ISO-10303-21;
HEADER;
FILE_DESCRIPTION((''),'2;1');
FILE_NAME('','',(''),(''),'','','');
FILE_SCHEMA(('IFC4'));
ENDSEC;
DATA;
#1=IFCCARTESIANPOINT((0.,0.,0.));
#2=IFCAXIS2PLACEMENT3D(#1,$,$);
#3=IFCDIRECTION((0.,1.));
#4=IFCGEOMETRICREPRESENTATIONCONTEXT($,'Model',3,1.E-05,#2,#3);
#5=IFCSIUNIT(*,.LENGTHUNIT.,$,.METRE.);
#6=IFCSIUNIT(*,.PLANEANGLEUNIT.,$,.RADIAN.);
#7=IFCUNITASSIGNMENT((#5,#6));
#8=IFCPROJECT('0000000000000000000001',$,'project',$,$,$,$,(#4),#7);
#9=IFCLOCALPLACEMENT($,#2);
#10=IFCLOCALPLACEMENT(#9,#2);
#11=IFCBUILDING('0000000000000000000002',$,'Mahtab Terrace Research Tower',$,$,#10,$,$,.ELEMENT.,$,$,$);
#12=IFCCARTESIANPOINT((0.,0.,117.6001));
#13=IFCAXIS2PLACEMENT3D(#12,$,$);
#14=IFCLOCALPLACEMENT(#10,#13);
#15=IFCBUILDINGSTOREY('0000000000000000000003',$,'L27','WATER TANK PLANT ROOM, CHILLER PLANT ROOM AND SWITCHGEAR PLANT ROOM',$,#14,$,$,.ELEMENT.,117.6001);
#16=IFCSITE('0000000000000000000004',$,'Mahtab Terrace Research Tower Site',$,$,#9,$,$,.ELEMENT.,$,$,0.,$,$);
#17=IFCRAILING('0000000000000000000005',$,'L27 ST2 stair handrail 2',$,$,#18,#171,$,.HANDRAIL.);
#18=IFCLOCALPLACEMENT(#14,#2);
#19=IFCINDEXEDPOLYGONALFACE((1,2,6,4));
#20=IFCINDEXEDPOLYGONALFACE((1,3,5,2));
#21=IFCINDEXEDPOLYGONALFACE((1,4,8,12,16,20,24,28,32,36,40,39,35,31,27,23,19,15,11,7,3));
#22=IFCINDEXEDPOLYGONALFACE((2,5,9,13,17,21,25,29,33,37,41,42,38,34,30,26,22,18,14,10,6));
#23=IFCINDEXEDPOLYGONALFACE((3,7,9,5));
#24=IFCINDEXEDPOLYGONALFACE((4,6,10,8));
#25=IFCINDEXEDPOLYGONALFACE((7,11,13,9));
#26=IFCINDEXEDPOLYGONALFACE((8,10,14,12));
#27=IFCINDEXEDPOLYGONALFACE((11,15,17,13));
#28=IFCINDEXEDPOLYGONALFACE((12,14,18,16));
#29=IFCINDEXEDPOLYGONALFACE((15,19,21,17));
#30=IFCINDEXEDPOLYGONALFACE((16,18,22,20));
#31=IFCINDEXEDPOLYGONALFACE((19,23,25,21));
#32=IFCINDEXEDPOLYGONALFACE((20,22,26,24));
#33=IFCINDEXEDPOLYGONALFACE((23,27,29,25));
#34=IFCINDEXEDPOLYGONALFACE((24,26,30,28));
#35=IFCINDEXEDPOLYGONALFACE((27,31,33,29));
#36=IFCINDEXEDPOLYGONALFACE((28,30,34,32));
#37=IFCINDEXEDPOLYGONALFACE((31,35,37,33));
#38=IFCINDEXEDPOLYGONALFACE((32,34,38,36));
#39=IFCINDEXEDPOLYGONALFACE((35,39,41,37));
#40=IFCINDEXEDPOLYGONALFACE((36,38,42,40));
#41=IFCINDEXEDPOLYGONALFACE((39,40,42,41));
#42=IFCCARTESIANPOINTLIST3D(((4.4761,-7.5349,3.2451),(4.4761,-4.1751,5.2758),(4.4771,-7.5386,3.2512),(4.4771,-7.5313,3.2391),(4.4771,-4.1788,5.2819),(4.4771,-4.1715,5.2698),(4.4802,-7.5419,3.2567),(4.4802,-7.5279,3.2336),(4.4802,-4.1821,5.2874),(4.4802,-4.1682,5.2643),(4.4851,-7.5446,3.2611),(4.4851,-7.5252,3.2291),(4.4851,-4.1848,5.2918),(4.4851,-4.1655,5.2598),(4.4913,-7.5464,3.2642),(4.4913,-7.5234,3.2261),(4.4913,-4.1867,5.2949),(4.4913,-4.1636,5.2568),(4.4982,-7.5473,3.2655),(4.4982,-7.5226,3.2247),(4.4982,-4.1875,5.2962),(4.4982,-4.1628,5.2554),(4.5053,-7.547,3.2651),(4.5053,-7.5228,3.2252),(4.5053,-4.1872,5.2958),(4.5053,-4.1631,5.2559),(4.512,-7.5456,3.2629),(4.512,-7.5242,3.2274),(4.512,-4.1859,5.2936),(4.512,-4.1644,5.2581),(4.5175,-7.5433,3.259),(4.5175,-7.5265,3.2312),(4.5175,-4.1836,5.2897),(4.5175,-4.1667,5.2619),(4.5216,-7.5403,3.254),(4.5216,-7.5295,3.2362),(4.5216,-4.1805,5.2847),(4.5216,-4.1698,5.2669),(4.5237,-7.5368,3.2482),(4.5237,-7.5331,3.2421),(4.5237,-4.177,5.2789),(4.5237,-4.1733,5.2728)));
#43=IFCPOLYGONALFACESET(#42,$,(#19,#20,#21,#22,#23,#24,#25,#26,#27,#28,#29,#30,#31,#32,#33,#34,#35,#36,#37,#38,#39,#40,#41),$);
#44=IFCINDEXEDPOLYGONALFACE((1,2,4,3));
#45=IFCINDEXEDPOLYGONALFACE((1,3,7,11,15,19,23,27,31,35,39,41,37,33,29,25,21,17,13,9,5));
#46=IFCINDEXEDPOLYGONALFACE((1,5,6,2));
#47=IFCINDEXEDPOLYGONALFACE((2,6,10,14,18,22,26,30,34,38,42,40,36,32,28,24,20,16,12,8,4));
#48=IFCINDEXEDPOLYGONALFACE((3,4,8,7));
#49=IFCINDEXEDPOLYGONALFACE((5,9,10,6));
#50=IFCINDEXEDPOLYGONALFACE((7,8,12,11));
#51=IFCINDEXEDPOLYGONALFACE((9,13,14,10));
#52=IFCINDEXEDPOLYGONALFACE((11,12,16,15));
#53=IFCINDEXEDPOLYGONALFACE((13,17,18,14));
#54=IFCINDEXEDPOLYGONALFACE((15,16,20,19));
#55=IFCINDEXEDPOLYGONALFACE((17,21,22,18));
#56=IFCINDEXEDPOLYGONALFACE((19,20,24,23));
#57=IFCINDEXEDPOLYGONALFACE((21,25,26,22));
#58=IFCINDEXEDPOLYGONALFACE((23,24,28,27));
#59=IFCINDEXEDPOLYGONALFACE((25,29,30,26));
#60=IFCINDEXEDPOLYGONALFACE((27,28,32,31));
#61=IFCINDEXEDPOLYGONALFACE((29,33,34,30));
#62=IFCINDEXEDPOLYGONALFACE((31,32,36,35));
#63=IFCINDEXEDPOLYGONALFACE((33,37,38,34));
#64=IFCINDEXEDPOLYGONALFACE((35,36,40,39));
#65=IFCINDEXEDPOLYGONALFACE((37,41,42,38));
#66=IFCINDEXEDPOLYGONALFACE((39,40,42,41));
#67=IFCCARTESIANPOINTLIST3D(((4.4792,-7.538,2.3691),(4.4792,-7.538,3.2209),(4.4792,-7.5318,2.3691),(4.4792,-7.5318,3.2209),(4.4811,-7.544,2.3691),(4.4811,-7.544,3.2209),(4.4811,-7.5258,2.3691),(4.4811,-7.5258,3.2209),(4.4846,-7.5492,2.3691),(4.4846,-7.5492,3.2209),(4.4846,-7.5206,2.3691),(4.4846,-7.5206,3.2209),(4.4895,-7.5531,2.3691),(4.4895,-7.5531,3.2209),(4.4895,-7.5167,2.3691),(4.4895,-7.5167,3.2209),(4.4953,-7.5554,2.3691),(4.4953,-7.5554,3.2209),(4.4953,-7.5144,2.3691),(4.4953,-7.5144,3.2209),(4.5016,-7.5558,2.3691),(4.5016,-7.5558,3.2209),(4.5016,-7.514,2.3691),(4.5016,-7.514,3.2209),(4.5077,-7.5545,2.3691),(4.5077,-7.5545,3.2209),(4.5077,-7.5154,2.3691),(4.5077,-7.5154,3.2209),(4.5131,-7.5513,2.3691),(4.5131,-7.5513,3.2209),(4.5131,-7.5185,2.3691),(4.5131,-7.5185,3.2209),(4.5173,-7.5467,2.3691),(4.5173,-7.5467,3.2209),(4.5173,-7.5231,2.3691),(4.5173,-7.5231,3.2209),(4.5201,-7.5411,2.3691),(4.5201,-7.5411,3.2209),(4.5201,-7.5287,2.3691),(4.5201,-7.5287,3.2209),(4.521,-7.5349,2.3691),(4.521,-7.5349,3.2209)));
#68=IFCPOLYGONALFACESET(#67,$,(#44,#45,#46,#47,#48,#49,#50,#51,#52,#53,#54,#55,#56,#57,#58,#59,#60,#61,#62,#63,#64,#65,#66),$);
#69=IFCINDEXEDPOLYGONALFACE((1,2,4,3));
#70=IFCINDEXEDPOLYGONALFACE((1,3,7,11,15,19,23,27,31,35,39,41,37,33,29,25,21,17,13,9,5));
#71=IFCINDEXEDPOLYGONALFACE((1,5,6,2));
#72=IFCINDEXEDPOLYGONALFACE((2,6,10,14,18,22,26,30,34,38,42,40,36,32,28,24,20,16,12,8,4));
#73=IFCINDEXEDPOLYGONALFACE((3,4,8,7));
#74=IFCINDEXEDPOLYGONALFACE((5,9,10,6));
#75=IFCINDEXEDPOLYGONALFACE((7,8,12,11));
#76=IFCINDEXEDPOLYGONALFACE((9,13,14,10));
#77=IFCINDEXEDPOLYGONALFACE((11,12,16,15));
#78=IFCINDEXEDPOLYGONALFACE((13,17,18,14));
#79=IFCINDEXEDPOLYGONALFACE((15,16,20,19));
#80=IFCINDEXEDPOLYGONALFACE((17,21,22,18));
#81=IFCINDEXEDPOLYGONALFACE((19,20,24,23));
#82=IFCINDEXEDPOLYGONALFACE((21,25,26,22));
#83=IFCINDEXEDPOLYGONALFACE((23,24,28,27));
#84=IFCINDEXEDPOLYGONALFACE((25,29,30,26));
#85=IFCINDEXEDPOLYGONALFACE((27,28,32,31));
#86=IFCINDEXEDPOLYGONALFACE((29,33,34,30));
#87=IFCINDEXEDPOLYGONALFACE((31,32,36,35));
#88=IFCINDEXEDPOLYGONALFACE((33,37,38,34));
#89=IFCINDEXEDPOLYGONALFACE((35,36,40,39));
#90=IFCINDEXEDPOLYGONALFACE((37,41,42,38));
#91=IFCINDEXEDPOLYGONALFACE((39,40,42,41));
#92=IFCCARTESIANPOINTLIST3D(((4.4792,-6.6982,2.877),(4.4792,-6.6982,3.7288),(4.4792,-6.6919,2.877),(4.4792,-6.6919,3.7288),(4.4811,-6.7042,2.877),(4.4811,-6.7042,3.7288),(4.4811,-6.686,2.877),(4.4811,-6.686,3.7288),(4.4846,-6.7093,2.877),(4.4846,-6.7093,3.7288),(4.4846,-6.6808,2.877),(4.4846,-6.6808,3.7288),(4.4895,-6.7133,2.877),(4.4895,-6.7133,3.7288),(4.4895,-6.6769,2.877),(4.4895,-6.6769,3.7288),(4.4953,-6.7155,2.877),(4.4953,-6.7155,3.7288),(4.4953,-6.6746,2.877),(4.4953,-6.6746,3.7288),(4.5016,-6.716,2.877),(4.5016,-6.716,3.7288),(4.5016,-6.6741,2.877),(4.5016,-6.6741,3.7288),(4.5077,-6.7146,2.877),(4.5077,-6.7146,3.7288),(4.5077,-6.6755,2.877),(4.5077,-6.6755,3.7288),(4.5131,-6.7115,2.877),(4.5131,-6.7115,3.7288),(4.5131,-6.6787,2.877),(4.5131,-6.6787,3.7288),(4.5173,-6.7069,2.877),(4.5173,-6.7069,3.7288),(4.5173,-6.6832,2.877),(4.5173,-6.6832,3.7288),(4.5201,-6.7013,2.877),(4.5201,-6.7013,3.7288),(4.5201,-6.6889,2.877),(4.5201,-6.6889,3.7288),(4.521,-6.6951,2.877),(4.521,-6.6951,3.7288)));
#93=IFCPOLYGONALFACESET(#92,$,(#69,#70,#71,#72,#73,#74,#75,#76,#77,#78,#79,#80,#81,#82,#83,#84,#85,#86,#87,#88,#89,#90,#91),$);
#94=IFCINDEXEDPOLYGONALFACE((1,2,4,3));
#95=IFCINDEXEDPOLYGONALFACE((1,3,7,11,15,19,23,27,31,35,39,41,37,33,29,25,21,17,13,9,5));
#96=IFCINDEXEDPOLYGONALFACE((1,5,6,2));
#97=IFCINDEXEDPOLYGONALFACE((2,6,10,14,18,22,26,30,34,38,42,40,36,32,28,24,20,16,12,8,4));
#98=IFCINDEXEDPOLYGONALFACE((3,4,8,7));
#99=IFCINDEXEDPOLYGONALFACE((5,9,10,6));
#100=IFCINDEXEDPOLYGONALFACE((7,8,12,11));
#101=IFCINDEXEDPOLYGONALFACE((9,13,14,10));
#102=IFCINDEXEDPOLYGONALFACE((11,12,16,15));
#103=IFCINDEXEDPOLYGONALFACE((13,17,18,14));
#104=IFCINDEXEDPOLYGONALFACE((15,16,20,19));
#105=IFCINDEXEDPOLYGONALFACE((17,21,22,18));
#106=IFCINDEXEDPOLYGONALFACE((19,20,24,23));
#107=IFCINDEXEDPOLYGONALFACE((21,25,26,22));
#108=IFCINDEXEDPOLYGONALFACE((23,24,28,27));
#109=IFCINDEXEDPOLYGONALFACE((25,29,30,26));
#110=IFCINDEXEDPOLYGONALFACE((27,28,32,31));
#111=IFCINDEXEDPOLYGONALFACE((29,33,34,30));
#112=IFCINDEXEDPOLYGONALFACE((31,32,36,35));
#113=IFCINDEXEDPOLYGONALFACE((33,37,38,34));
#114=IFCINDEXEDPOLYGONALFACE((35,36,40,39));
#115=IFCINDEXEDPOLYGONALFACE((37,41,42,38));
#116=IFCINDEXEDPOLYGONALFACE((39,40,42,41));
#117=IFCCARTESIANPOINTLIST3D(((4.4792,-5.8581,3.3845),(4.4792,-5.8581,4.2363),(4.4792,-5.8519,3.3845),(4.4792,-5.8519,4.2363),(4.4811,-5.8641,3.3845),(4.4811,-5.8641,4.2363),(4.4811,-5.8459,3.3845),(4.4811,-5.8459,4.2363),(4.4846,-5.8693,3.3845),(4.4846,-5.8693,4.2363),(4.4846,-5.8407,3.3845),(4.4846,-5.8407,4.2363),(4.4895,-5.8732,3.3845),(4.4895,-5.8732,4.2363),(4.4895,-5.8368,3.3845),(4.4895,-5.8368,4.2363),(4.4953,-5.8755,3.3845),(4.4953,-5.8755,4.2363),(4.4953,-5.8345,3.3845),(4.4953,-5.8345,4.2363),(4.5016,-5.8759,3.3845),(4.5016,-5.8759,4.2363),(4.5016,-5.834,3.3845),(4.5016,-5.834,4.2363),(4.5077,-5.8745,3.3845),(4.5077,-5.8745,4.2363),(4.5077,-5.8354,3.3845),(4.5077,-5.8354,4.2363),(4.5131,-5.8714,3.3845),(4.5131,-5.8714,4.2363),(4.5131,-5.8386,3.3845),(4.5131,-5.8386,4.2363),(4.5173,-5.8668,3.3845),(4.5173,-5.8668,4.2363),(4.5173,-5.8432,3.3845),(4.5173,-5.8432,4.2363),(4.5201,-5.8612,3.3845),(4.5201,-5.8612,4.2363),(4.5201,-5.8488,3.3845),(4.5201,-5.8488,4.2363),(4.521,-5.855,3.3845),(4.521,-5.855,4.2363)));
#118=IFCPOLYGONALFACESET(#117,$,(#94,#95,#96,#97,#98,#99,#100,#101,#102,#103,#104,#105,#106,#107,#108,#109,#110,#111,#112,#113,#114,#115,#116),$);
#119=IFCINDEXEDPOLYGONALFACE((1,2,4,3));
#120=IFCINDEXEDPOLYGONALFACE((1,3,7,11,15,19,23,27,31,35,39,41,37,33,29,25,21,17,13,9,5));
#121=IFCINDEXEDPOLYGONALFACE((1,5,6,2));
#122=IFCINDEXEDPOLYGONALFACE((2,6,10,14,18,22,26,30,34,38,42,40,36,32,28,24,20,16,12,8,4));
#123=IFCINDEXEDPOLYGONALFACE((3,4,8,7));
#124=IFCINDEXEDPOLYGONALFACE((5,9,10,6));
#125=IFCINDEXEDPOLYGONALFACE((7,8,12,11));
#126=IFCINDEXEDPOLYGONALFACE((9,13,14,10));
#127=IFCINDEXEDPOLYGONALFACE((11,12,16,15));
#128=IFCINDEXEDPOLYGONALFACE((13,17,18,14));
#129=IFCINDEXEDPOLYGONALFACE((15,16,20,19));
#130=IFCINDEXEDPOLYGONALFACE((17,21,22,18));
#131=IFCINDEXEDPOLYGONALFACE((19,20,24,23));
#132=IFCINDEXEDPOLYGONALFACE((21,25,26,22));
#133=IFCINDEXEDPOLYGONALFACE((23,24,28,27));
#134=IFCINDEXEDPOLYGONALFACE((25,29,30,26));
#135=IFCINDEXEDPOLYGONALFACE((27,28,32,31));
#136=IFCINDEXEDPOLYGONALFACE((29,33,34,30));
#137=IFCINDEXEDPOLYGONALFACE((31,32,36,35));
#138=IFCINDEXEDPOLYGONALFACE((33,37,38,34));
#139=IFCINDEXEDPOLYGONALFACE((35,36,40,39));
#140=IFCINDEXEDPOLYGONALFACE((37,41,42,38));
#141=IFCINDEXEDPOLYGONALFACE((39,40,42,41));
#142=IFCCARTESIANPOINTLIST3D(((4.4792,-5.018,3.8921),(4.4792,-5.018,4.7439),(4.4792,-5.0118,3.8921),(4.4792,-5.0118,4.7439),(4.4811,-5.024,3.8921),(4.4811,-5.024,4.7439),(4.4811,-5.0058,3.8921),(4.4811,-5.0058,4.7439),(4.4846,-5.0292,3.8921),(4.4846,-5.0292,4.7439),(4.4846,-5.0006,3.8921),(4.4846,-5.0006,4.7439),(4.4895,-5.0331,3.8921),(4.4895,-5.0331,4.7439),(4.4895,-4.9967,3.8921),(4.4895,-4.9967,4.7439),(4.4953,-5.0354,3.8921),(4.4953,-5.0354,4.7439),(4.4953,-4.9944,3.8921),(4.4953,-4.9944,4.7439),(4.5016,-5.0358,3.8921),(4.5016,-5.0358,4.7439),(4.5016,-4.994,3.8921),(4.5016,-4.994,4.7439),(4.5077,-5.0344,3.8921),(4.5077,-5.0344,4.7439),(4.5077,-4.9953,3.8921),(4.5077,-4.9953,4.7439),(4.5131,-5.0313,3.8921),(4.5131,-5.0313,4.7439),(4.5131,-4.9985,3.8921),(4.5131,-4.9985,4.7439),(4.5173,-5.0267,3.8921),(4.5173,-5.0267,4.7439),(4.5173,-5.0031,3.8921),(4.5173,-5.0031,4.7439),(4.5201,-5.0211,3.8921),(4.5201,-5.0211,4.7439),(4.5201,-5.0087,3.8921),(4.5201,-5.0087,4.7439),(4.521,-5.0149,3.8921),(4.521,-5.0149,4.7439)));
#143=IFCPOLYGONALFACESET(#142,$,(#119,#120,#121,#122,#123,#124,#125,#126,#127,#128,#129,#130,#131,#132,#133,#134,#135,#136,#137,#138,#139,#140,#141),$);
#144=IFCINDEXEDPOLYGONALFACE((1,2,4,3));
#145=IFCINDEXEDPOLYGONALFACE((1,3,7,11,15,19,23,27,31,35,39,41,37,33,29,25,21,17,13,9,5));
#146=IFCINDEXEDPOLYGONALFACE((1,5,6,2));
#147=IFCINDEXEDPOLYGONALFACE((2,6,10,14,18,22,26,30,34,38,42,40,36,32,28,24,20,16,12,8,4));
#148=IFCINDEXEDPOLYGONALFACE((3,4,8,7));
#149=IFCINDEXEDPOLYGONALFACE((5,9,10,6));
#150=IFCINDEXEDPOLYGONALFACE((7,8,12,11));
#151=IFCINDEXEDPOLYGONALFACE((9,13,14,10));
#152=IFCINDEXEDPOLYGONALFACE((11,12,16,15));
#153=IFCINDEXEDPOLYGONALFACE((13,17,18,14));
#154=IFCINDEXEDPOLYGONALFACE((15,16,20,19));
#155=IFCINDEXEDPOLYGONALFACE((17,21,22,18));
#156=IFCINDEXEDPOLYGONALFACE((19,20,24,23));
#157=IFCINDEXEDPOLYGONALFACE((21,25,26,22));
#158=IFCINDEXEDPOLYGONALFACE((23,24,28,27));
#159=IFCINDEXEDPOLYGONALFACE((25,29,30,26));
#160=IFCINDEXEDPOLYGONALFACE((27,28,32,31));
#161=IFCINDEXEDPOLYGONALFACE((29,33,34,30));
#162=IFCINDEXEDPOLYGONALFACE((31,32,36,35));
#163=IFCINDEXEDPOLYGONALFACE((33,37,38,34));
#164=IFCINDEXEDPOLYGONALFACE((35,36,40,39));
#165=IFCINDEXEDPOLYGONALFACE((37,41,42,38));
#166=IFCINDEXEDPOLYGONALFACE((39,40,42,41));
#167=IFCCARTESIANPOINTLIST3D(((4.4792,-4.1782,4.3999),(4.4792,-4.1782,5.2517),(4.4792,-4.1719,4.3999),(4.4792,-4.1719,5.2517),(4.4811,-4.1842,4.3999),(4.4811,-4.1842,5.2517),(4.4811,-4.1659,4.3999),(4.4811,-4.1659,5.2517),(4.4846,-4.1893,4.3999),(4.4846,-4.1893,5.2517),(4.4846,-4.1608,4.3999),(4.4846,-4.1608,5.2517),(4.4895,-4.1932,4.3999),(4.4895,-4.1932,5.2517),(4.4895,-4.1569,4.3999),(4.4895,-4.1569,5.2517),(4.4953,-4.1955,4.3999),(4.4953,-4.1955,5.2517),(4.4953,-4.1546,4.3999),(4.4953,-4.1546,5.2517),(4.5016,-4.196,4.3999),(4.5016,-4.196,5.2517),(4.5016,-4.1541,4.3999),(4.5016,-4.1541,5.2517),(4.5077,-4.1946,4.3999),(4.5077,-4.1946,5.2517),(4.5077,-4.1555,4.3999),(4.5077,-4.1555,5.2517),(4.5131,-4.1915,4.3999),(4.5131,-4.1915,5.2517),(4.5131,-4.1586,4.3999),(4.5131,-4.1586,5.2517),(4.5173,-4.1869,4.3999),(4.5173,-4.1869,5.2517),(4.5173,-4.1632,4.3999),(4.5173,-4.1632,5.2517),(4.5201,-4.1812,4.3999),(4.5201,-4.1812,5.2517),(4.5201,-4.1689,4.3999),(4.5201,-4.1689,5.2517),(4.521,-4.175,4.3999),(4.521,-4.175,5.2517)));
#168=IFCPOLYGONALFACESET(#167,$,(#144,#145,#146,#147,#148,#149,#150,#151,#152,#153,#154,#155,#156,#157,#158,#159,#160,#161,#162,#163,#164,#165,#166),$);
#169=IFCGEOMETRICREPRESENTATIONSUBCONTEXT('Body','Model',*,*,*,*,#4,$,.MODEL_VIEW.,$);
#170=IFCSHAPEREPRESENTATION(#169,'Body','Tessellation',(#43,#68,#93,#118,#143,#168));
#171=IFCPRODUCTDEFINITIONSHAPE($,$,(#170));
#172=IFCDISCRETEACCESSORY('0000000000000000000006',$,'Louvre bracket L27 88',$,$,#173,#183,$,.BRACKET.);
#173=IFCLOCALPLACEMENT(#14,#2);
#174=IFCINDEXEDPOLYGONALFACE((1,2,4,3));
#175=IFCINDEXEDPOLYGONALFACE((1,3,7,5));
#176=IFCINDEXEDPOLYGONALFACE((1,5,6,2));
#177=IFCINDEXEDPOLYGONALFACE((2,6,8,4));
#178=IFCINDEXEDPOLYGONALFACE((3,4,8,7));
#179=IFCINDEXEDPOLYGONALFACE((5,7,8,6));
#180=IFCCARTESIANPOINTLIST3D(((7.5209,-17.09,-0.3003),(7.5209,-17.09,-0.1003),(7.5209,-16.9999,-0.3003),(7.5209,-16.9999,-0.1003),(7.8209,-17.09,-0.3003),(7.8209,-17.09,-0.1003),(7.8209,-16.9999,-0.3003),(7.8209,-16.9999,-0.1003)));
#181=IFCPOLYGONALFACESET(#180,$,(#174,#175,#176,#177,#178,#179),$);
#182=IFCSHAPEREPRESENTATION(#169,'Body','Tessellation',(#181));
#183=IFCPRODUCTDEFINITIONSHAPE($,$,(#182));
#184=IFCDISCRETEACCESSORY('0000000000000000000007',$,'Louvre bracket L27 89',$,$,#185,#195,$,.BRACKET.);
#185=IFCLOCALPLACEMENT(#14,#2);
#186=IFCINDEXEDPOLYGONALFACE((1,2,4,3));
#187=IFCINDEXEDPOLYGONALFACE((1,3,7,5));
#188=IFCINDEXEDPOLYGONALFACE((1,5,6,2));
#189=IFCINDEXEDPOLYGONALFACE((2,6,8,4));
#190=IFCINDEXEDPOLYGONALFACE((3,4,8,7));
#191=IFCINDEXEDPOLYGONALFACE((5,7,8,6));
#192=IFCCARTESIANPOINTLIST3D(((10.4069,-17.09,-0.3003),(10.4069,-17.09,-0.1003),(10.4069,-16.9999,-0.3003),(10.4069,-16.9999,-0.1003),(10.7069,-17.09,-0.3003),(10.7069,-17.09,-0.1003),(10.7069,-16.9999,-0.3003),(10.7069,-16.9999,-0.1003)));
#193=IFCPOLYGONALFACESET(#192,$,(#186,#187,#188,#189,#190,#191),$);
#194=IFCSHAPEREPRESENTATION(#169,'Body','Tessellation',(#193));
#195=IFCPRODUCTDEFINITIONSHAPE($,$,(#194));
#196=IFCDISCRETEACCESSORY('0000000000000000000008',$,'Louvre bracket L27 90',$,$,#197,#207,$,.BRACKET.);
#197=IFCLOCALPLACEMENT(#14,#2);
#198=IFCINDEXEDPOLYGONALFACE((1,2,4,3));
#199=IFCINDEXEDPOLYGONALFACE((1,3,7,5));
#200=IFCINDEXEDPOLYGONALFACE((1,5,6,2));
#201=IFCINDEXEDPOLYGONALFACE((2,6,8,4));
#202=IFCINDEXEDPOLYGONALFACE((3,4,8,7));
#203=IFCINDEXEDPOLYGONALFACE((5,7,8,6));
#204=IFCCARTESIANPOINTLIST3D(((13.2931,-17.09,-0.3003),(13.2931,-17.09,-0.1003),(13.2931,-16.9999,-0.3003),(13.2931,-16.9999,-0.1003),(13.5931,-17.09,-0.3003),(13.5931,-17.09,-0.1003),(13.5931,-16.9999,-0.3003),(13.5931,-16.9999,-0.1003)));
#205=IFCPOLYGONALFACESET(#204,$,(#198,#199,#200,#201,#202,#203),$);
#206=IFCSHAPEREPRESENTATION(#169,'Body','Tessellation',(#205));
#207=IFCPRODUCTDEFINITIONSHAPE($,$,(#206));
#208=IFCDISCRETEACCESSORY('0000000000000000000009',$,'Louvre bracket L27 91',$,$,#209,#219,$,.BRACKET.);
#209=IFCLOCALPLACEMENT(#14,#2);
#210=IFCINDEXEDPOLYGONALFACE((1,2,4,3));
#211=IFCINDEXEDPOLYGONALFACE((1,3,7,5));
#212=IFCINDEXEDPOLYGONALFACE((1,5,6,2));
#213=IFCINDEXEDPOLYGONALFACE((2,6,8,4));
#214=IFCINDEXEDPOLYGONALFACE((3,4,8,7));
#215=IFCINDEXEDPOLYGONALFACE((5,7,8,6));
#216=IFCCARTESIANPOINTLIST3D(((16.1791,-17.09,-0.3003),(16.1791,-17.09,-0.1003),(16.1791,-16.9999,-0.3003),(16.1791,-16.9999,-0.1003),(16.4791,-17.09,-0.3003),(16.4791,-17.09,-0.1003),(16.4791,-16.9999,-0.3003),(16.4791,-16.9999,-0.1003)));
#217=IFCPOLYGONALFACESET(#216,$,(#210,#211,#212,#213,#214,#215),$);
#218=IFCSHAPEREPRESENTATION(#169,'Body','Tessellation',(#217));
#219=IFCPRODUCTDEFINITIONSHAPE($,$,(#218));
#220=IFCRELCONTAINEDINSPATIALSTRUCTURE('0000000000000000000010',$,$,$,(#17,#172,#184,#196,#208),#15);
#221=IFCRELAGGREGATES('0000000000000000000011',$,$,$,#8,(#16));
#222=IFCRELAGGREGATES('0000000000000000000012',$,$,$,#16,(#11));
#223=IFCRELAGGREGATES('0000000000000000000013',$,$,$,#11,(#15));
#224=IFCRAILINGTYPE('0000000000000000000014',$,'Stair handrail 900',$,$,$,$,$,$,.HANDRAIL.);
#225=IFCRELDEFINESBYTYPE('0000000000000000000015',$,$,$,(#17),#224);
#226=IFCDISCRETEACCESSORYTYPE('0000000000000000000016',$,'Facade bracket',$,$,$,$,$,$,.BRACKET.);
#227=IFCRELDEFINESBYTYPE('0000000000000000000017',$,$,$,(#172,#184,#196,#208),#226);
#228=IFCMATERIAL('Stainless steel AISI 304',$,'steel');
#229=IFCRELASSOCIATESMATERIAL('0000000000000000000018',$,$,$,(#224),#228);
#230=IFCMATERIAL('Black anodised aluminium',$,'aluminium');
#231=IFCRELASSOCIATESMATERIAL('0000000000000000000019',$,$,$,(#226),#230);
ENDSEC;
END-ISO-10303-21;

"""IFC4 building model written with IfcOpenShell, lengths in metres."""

from ifc_helpers import new_model, si_unit, direction, frame, origin, origin_2d, place, context, subcontext, project, spatial, rectangle, circle, extrude, material, type_object, element, save


model = new_model("IFC4")

# Units and contexts
model_context = context("Model", 3, precision=1e-05, world=origin(), true_north=direction((0.0, 1.0)))
body_context = subcontext(model_context, "Body", "Model", "MODEL_VIEW")
ifc_project = project(units=[si_unit("LENGTHUNIT", "METRE"), si_unit("PLANEANGLEUNIT", "RADIAN")], contexts=[model_context])

# Site, building, storey
site_placement = place(None, origin())
site = spatial("IfcSite", under=ifc_project, at=site_placement, Name="Mahtab Terrace Research Tower Site", CompositionType="ELEMENT", RefElevation=0.0)
building_placement = place(site_placement, origin())
building = spatial("IfcBuilding", under=site, at=building_placement, Name="Mahtab Terrace Research Tower", CompositionType="ELEMENT")
storey_placement = place(building_placement, frame((0.0, 0.0, 117.6001)))
storey = spatial("IfcBuildingStorey", under=building, at=storey_placement, Name="L27", Description="WATER TANK PLANT ROOM, CHILLER PLANT ROOM AND SWITCHGEAR PLANT ROOM", CompositionType="ELEMENT", Elevation=117.6001)

# Railing
ifc_material_1 = material(Name="Stainless steel AISI 304", Category="steel")
railing_type = type_object("IfcRailingType", Name="Stair handrail 900", PredefinedType="HANDRAIL", material=ifc_material_1)
railing_placement = place(storey_placement, frame((4.5, -7.5349, 2.3691)))
element("IfcRailing", 1, at=railing_placement, inside=storey, type_object=railing_type, Name="L27 ST2 stair handrail 2", PredefinedType="HANDRAIL", context=body_context, shape_type="SweptSolid", body=[
    extrude(circle(Radius=0.0239, at=origin_2d()), frame((0.0, 0.0, 0.876), z_axis=(0.0, 0.85582, 0.517273), x_axis=(-1.0, 0.0, 0.0)), (0.0, 0.0, 1.0), 3.9258),
    extrude(circle(Radius=0.021, at=origin_2d()), origin(), (0.0, 0.0, 1.0), 0.8518),
    extrude(circle(Radius=0.021, at=origin_2d()), frame((0.0, 0.8398, 0.5078)), (0.0, 0.0, 1.0), 0.8518),
    extrude(circle(Radius=0.021, at=origin_2d()), frame((0.0, 1.6799, 1.0154)), (0.0, 0.0, 1.0), 0.8518),
    extrude(circle(Radius=0.021, at=origin_2d()), frame((0.0, 2.52, 1.5229)), (0.0, 0.0, 1.0), 0.8518),
    extrude(circle(Radius=0.021, at=origin_2d()), frame((0.0, 3.3599, 2.0308)), (0.0, 0.0, 1.0), 0.8518),
])

# Discrete accessories
ifc_material_2 = material(Name="Black anodised aluminium", Category="aluminium")
discrete_accessory_type_1 = type_object("IfcDiscreteAccessoryType", Name="Facade bracket", PredefinedType="BRACKET", material=ifc_material_2)
for number, where, z_axis, x_axis, name in (
    (2, (7.6709, -17.0449, -0.3003), (0.0, 0.0, 1.0), (1.0, 0.0, 0.0), "Louvre bracket L27 88"),
    (3, (10.5569, -17.0449, -0.3003), (0.0, 0.0, 1.0), (1.0, 0.0, 0.0), "Louvre bracket L27 89"),
    (4, (13.4431, -17.0449, -0.3003), (0.0, 0.0, 1.0), (1.0, 0.0, 0.0), "Louvre bracket L27 90"),
    (5, (16.3291, -17.0449, -0.3003), (0.0, 0.0, 1.0), (1.0, 0.0, 0.0), "Louvre bracket L27 91"),
):
    element("IfcDiscreteAccessory", number, at=place(storey_placement, frame(where, z_axis=z_axis, x_axis=x_axis)), inside=storey, type_object=discrete_accessory_type_1, Name=name, PredefinedType="BRACKET", context=body_context, shape_type="SweptSolid", body=[
        extrude(rectangle(XDim=0.3, YDim=0.0901, at=origin_2d()), origin(), (0.0, 0.0, 1.0), 0.2),
    ])

save(model, "model.ifc")
